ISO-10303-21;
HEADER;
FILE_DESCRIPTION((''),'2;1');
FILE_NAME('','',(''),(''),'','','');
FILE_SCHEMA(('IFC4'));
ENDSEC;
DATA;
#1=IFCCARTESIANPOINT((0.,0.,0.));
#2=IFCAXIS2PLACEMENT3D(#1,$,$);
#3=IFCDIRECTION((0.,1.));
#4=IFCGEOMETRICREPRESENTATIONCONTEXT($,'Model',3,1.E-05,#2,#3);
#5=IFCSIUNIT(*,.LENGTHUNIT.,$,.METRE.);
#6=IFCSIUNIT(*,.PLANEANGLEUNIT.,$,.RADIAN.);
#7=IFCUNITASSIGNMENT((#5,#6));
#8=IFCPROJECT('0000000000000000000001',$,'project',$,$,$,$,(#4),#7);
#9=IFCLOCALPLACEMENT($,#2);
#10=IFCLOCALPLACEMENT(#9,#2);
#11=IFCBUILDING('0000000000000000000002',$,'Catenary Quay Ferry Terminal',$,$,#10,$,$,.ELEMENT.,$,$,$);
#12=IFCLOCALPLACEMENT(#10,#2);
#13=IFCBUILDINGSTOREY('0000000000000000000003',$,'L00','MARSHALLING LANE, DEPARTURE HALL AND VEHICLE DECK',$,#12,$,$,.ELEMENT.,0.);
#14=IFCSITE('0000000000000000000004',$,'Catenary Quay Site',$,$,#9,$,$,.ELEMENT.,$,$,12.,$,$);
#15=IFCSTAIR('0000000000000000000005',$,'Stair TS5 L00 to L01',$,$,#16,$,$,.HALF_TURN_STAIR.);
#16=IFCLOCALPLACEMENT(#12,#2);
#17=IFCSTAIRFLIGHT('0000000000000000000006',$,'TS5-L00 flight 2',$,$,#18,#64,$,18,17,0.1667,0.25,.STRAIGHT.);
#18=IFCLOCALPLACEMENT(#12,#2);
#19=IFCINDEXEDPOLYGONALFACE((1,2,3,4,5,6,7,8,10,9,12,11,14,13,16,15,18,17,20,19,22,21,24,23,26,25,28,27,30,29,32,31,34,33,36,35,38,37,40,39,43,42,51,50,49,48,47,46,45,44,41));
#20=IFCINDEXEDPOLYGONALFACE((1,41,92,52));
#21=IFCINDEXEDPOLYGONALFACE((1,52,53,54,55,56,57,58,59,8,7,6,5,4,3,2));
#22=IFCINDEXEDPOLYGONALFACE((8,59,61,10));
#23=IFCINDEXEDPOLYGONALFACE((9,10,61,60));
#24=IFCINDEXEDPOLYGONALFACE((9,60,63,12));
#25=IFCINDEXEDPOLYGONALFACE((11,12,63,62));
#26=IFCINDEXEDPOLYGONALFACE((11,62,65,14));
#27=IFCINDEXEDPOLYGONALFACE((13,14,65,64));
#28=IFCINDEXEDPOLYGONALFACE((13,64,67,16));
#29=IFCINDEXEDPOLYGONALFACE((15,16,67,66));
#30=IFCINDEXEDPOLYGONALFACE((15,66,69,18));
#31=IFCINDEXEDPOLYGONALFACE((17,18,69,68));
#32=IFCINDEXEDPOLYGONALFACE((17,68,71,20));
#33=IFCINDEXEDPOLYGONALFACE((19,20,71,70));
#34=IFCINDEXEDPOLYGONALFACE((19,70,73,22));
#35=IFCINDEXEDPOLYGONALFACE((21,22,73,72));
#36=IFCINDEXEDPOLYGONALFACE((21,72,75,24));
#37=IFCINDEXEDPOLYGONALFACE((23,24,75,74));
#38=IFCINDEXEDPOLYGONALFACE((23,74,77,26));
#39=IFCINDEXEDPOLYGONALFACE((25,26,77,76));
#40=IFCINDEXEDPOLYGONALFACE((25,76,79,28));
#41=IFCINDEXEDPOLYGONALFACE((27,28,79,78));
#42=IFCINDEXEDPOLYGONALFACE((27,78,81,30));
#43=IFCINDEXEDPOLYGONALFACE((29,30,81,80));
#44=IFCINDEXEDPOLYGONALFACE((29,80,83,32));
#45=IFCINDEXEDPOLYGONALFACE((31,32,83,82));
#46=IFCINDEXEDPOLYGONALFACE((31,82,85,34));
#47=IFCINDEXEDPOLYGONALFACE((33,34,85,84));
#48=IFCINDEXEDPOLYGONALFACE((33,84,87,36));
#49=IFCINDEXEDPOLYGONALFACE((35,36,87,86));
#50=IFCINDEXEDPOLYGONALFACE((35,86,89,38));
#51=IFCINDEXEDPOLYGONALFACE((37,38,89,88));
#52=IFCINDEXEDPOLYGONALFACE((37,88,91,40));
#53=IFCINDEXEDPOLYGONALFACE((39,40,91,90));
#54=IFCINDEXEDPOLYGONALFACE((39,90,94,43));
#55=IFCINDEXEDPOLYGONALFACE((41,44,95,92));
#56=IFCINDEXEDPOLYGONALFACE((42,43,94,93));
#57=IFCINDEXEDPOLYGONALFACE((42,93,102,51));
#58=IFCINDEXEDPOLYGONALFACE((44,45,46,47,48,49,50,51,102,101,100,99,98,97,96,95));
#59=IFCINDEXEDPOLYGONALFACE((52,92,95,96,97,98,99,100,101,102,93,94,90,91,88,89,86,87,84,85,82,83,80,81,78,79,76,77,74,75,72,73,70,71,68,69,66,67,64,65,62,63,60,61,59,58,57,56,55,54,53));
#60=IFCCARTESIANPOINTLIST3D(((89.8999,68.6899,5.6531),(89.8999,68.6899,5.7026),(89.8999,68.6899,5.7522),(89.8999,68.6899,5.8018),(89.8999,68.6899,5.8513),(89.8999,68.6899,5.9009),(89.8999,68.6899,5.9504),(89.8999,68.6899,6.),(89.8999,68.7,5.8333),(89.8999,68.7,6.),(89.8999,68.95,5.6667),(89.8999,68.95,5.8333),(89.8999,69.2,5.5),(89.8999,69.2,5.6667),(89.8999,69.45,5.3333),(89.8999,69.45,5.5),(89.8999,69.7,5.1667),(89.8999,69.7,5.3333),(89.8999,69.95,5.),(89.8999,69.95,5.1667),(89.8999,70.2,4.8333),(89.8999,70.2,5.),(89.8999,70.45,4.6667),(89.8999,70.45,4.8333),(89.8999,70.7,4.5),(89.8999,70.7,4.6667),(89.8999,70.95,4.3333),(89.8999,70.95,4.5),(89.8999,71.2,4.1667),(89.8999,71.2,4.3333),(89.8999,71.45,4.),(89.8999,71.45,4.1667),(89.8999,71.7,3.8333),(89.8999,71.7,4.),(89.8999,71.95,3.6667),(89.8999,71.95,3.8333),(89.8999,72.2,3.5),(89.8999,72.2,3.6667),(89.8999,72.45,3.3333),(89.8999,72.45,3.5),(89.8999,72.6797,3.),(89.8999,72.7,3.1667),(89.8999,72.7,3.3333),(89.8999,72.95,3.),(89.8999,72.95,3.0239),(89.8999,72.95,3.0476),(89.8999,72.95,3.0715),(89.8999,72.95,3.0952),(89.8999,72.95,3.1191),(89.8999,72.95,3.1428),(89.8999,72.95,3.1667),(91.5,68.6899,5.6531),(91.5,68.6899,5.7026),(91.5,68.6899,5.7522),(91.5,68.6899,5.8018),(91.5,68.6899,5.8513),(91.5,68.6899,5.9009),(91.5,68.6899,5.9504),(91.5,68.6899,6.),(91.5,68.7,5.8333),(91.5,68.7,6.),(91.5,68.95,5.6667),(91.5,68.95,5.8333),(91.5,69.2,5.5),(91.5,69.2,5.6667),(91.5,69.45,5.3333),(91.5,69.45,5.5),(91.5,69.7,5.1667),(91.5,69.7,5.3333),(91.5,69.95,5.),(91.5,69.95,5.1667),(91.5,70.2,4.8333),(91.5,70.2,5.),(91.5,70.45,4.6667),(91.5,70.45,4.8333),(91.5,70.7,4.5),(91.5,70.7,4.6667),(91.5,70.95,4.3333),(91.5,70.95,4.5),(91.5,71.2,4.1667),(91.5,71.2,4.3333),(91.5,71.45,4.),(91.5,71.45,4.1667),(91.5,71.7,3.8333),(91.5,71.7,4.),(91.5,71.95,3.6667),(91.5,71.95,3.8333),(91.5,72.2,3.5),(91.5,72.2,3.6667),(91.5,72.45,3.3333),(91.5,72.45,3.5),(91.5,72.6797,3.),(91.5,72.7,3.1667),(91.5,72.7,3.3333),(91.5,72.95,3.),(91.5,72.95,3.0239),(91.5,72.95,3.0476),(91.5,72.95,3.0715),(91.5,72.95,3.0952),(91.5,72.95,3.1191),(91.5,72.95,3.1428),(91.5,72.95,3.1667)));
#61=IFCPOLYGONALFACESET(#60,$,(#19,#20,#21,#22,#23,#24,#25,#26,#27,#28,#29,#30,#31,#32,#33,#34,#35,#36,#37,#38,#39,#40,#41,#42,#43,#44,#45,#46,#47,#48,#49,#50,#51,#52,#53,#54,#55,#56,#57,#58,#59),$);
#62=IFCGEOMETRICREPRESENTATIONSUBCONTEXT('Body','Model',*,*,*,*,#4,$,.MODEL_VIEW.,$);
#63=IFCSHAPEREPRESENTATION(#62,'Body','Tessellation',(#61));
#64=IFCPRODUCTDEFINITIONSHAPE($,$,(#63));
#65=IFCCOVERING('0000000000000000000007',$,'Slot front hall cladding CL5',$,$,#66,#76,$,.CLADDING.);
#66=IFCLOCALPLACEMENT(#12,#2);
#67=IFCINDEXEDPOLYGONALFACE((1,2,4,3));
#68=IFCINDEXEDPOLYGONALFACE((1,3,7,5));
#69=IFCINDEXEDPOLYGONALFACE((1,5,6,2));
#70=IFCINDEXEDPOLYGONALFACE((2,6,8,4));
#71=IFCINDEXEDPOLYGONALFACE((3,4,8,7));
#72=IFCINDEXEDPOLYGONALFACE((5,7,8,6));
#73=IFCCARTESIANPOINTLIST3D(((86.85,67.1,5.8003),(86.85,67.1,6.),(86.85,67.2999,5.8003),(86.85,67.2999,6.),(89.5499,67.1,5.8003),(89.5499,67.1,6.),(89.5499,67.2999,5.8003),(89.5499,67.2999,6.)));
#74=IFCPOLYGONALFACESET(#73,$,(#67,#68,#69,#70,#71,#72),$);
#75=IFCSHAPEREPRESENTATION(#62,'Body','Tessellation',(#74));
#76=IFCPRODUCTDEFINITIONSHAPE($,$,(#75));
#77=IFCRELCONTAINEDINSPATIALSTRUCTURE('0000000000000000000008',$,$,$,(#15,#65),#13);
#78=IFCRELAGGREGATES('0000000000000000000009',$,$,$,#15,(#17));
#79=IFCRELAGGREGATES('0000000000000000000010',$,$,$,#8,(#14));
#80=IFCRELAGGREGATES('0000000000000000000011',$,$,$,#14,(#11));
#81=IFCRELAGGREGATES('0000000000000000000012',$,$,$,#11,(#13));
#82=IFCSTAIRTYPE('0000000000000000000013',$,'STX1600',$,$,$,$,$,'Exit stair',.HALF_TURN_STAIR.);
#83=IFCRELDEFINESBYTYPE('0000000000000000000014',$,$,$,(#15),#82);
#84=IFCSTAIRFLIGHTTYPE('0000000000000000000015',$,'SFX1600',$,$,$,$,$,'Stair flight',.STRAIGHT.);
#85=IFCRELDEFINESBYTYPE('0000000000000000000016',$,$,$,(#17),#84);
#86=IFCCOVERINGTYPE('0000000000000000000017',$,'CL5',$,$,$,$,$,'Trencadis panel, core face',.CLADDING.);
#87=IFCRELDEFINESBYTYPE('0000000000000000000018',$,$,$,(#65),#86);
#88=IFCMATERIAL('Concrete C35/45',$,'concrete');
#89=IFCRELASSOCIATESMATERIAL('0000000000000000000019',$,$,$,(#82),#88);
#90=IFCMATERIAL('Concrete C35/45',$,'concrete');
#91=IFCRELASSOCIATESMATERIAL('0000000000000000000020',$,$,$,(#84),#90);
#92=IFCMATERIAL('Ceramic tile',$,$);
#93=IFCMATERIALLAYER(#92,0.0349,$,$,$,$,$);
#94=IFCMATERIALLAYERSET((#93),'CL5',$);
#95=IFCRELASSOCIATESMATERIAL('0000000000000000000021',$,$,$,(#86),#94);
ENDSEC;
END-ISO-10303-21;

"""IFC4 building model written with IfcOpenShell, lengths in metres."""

from ifc_helpers import new_model, si_unit, direction, frame, origin, origin_2d, place, context, subcontext, project, spatial, polyline, rectangle, outline, extrude, material, layer, layer_set, type_object, element, aggregate, save


model = new_model("IFC4")

# Units and contexts
model_context = context("Model", 3, precision=1e-05, world=origin(), true_north=direction((0.0, 1.0)))
body_context = subcontext(model_context, "Body", "Model", "MODEL_VIEW")
ifc_project = project(units=[si_unit("LENGTHUNIT", "METRE"), si_unit("PLANEANGLEUNIT", "RADIAN")], contexts=[model_context])

# Site, building, storey
site_placement = place(None, origin())
site = spatial("IfcSite", under=ifc_project, at=site_placement, Name="Catenary Quay Site", CompositionType="ELEMENT", RefElevation=12.0)
building_placement = place(site_placement, origin())
building = spatial("IfcBuilding", under=site, at=building_placement, Name="Catenary Quay Ferry Terminal", CompositionType="ELEMENT")
storey_placement = place(building_placement, origin())
storey = spatial("IfcBuildingStorey", under=building, at=storey_placement, Name="L00", Description="MARSHALLING LANE, DEPARTURE HALL AND VEHICLE DECK", CompositionType="ELEMENT", Elevation=0.0)

# Stair, stair flight
ifc_material_1 = material(Name="Concrete C35/45", Category="concrete")
stair_type = type_object("IfcStairType", Name="STX1600", ElementType="Exit stair", PredefinedType="HALF_TURN_STAIR", material=ifc_material_1)
stair_placement = place(storey_placement, origin())
stair = element("IfcStair", 1, at=stair_placement, inside=storey, type_object=stair_type, Name="Stair TS5 L00 to L01", PredefinedType="HALF_TURN_STAIR")
ifc_material_2 = material(Name="Concrete C35/45", Category="concrete")
stair_flight_type = type_object("IfcStairFlightType", Name="SFX1600", ElementType="Stair flight", PredefinedType="STRAIGHT", material=ifc_material_2)
stair_flight_placement = place(storey_placement, frame((90.7, 72.95, 3.0), z_axis=(0.0, 0.0, 1.0), x_axis=(0.0, -1.0, 0.0)))
stair_flight = element("IfcStairFlight", 2, at=stair_flight_placement, type_object=stair_flight_type, Name="TS5-L00 flight 2", NumberOfRisers=18, NumberOfTreads=17, PredefinedType="STRAIGHT", RiserHeight=0.1667, TreadLength=0.25, context=body_context, shape_type="SweptSolid", body=[
    extrude(outline(polyline([(0.0, 0.0), (0.0, 0.0239), (0.0, 0.0476), (0.0, 0.0715), (0.0, 0.0952), (0.0, 0.1191), (0.0, 0.1428), (0.0, 0.1667), (0.25, 0.1667), (0.25, 0.3333), (0.5, 0.3333), (0.5, 0.5), (0.75, 0.5), (0.75, 0.6667), (1.0, 0.6667), (1.0, 0.8333), (1.25, 0.8333), (1.25, 1.0), (1.5, 1.0), (1.5, 1.1667), (1.75, 1.1667), (1.75, 1.3333), (2.0, 1.3333), (2.0, 1.5), (2.25, 1.5), (2.25, 1.6667), (2.5, 1.6667), (2.5, 1.8333), (2.75, 1.8333), (2.75, 2.0), (3.0, 2.0), (3.0, 2.1667), (3.25, 2.1667), (3.25, 2.3333), (3.5, 2.3333), (3.5, 2.5), (3.75, 2.5), (3.75, 2.6667), (4.0, 2.6667), (4.0, 2.8333), (4.25, 2.8333), (4.25, 3.0), (4.26, 3.0), (4.26, 2.9504), (4.26, 2.9009), (4.26, 2.8513), (4.26, 2.8018), (4.26, 2.7522), (4.26, 2.7026), (4.26, 2.6531), (0.2703, 0.0), (0.0, 0.0)])), frame((0.0, 0.8, 0.0), z_axis=(0.0, -1.0, 0.0), x_axis=(1.0, 0.0, 0.0)), (0.0, 0.0, 1.0), 1.6001),
])
aggregate(stair, [stair_flight])

# Covering
ifc_material_3 = material(Name="Ceramic tile")
ifc_layer_1 = layer(ifc_material_3, 0.0349)
ifc_layer_set_1 = layer_set([ifc_layer_1], Name="CL5")
covering_type = type_object("IfcCoveringType", Name="CL5", ElementType="Trencadis panel, core face", PredefinedType="CLADDING", material=ifc_layer_set_1)
covering_placement = place(storey_placement, frame((88.2, 67.2, 5.8003), z_axis=(0.0, 0.0, 1.0), x_axis=(1.0, 0.0, 0.0)))
element("IfcCovering", 3, at=covering_placement, inside=storey, type_object=covering_type, Name="Slot front hall cladding CL5", PredefinedType="CLADDING", context=body_context, shape_type="SweptSolid", body=[
    extrude(rectangle(XDim=2.7, YDim=0.2, at=origin_2d()), origin(), (0.0, 0.0, 1.0), 0.1997),
])

save(model, "model.ifc")
